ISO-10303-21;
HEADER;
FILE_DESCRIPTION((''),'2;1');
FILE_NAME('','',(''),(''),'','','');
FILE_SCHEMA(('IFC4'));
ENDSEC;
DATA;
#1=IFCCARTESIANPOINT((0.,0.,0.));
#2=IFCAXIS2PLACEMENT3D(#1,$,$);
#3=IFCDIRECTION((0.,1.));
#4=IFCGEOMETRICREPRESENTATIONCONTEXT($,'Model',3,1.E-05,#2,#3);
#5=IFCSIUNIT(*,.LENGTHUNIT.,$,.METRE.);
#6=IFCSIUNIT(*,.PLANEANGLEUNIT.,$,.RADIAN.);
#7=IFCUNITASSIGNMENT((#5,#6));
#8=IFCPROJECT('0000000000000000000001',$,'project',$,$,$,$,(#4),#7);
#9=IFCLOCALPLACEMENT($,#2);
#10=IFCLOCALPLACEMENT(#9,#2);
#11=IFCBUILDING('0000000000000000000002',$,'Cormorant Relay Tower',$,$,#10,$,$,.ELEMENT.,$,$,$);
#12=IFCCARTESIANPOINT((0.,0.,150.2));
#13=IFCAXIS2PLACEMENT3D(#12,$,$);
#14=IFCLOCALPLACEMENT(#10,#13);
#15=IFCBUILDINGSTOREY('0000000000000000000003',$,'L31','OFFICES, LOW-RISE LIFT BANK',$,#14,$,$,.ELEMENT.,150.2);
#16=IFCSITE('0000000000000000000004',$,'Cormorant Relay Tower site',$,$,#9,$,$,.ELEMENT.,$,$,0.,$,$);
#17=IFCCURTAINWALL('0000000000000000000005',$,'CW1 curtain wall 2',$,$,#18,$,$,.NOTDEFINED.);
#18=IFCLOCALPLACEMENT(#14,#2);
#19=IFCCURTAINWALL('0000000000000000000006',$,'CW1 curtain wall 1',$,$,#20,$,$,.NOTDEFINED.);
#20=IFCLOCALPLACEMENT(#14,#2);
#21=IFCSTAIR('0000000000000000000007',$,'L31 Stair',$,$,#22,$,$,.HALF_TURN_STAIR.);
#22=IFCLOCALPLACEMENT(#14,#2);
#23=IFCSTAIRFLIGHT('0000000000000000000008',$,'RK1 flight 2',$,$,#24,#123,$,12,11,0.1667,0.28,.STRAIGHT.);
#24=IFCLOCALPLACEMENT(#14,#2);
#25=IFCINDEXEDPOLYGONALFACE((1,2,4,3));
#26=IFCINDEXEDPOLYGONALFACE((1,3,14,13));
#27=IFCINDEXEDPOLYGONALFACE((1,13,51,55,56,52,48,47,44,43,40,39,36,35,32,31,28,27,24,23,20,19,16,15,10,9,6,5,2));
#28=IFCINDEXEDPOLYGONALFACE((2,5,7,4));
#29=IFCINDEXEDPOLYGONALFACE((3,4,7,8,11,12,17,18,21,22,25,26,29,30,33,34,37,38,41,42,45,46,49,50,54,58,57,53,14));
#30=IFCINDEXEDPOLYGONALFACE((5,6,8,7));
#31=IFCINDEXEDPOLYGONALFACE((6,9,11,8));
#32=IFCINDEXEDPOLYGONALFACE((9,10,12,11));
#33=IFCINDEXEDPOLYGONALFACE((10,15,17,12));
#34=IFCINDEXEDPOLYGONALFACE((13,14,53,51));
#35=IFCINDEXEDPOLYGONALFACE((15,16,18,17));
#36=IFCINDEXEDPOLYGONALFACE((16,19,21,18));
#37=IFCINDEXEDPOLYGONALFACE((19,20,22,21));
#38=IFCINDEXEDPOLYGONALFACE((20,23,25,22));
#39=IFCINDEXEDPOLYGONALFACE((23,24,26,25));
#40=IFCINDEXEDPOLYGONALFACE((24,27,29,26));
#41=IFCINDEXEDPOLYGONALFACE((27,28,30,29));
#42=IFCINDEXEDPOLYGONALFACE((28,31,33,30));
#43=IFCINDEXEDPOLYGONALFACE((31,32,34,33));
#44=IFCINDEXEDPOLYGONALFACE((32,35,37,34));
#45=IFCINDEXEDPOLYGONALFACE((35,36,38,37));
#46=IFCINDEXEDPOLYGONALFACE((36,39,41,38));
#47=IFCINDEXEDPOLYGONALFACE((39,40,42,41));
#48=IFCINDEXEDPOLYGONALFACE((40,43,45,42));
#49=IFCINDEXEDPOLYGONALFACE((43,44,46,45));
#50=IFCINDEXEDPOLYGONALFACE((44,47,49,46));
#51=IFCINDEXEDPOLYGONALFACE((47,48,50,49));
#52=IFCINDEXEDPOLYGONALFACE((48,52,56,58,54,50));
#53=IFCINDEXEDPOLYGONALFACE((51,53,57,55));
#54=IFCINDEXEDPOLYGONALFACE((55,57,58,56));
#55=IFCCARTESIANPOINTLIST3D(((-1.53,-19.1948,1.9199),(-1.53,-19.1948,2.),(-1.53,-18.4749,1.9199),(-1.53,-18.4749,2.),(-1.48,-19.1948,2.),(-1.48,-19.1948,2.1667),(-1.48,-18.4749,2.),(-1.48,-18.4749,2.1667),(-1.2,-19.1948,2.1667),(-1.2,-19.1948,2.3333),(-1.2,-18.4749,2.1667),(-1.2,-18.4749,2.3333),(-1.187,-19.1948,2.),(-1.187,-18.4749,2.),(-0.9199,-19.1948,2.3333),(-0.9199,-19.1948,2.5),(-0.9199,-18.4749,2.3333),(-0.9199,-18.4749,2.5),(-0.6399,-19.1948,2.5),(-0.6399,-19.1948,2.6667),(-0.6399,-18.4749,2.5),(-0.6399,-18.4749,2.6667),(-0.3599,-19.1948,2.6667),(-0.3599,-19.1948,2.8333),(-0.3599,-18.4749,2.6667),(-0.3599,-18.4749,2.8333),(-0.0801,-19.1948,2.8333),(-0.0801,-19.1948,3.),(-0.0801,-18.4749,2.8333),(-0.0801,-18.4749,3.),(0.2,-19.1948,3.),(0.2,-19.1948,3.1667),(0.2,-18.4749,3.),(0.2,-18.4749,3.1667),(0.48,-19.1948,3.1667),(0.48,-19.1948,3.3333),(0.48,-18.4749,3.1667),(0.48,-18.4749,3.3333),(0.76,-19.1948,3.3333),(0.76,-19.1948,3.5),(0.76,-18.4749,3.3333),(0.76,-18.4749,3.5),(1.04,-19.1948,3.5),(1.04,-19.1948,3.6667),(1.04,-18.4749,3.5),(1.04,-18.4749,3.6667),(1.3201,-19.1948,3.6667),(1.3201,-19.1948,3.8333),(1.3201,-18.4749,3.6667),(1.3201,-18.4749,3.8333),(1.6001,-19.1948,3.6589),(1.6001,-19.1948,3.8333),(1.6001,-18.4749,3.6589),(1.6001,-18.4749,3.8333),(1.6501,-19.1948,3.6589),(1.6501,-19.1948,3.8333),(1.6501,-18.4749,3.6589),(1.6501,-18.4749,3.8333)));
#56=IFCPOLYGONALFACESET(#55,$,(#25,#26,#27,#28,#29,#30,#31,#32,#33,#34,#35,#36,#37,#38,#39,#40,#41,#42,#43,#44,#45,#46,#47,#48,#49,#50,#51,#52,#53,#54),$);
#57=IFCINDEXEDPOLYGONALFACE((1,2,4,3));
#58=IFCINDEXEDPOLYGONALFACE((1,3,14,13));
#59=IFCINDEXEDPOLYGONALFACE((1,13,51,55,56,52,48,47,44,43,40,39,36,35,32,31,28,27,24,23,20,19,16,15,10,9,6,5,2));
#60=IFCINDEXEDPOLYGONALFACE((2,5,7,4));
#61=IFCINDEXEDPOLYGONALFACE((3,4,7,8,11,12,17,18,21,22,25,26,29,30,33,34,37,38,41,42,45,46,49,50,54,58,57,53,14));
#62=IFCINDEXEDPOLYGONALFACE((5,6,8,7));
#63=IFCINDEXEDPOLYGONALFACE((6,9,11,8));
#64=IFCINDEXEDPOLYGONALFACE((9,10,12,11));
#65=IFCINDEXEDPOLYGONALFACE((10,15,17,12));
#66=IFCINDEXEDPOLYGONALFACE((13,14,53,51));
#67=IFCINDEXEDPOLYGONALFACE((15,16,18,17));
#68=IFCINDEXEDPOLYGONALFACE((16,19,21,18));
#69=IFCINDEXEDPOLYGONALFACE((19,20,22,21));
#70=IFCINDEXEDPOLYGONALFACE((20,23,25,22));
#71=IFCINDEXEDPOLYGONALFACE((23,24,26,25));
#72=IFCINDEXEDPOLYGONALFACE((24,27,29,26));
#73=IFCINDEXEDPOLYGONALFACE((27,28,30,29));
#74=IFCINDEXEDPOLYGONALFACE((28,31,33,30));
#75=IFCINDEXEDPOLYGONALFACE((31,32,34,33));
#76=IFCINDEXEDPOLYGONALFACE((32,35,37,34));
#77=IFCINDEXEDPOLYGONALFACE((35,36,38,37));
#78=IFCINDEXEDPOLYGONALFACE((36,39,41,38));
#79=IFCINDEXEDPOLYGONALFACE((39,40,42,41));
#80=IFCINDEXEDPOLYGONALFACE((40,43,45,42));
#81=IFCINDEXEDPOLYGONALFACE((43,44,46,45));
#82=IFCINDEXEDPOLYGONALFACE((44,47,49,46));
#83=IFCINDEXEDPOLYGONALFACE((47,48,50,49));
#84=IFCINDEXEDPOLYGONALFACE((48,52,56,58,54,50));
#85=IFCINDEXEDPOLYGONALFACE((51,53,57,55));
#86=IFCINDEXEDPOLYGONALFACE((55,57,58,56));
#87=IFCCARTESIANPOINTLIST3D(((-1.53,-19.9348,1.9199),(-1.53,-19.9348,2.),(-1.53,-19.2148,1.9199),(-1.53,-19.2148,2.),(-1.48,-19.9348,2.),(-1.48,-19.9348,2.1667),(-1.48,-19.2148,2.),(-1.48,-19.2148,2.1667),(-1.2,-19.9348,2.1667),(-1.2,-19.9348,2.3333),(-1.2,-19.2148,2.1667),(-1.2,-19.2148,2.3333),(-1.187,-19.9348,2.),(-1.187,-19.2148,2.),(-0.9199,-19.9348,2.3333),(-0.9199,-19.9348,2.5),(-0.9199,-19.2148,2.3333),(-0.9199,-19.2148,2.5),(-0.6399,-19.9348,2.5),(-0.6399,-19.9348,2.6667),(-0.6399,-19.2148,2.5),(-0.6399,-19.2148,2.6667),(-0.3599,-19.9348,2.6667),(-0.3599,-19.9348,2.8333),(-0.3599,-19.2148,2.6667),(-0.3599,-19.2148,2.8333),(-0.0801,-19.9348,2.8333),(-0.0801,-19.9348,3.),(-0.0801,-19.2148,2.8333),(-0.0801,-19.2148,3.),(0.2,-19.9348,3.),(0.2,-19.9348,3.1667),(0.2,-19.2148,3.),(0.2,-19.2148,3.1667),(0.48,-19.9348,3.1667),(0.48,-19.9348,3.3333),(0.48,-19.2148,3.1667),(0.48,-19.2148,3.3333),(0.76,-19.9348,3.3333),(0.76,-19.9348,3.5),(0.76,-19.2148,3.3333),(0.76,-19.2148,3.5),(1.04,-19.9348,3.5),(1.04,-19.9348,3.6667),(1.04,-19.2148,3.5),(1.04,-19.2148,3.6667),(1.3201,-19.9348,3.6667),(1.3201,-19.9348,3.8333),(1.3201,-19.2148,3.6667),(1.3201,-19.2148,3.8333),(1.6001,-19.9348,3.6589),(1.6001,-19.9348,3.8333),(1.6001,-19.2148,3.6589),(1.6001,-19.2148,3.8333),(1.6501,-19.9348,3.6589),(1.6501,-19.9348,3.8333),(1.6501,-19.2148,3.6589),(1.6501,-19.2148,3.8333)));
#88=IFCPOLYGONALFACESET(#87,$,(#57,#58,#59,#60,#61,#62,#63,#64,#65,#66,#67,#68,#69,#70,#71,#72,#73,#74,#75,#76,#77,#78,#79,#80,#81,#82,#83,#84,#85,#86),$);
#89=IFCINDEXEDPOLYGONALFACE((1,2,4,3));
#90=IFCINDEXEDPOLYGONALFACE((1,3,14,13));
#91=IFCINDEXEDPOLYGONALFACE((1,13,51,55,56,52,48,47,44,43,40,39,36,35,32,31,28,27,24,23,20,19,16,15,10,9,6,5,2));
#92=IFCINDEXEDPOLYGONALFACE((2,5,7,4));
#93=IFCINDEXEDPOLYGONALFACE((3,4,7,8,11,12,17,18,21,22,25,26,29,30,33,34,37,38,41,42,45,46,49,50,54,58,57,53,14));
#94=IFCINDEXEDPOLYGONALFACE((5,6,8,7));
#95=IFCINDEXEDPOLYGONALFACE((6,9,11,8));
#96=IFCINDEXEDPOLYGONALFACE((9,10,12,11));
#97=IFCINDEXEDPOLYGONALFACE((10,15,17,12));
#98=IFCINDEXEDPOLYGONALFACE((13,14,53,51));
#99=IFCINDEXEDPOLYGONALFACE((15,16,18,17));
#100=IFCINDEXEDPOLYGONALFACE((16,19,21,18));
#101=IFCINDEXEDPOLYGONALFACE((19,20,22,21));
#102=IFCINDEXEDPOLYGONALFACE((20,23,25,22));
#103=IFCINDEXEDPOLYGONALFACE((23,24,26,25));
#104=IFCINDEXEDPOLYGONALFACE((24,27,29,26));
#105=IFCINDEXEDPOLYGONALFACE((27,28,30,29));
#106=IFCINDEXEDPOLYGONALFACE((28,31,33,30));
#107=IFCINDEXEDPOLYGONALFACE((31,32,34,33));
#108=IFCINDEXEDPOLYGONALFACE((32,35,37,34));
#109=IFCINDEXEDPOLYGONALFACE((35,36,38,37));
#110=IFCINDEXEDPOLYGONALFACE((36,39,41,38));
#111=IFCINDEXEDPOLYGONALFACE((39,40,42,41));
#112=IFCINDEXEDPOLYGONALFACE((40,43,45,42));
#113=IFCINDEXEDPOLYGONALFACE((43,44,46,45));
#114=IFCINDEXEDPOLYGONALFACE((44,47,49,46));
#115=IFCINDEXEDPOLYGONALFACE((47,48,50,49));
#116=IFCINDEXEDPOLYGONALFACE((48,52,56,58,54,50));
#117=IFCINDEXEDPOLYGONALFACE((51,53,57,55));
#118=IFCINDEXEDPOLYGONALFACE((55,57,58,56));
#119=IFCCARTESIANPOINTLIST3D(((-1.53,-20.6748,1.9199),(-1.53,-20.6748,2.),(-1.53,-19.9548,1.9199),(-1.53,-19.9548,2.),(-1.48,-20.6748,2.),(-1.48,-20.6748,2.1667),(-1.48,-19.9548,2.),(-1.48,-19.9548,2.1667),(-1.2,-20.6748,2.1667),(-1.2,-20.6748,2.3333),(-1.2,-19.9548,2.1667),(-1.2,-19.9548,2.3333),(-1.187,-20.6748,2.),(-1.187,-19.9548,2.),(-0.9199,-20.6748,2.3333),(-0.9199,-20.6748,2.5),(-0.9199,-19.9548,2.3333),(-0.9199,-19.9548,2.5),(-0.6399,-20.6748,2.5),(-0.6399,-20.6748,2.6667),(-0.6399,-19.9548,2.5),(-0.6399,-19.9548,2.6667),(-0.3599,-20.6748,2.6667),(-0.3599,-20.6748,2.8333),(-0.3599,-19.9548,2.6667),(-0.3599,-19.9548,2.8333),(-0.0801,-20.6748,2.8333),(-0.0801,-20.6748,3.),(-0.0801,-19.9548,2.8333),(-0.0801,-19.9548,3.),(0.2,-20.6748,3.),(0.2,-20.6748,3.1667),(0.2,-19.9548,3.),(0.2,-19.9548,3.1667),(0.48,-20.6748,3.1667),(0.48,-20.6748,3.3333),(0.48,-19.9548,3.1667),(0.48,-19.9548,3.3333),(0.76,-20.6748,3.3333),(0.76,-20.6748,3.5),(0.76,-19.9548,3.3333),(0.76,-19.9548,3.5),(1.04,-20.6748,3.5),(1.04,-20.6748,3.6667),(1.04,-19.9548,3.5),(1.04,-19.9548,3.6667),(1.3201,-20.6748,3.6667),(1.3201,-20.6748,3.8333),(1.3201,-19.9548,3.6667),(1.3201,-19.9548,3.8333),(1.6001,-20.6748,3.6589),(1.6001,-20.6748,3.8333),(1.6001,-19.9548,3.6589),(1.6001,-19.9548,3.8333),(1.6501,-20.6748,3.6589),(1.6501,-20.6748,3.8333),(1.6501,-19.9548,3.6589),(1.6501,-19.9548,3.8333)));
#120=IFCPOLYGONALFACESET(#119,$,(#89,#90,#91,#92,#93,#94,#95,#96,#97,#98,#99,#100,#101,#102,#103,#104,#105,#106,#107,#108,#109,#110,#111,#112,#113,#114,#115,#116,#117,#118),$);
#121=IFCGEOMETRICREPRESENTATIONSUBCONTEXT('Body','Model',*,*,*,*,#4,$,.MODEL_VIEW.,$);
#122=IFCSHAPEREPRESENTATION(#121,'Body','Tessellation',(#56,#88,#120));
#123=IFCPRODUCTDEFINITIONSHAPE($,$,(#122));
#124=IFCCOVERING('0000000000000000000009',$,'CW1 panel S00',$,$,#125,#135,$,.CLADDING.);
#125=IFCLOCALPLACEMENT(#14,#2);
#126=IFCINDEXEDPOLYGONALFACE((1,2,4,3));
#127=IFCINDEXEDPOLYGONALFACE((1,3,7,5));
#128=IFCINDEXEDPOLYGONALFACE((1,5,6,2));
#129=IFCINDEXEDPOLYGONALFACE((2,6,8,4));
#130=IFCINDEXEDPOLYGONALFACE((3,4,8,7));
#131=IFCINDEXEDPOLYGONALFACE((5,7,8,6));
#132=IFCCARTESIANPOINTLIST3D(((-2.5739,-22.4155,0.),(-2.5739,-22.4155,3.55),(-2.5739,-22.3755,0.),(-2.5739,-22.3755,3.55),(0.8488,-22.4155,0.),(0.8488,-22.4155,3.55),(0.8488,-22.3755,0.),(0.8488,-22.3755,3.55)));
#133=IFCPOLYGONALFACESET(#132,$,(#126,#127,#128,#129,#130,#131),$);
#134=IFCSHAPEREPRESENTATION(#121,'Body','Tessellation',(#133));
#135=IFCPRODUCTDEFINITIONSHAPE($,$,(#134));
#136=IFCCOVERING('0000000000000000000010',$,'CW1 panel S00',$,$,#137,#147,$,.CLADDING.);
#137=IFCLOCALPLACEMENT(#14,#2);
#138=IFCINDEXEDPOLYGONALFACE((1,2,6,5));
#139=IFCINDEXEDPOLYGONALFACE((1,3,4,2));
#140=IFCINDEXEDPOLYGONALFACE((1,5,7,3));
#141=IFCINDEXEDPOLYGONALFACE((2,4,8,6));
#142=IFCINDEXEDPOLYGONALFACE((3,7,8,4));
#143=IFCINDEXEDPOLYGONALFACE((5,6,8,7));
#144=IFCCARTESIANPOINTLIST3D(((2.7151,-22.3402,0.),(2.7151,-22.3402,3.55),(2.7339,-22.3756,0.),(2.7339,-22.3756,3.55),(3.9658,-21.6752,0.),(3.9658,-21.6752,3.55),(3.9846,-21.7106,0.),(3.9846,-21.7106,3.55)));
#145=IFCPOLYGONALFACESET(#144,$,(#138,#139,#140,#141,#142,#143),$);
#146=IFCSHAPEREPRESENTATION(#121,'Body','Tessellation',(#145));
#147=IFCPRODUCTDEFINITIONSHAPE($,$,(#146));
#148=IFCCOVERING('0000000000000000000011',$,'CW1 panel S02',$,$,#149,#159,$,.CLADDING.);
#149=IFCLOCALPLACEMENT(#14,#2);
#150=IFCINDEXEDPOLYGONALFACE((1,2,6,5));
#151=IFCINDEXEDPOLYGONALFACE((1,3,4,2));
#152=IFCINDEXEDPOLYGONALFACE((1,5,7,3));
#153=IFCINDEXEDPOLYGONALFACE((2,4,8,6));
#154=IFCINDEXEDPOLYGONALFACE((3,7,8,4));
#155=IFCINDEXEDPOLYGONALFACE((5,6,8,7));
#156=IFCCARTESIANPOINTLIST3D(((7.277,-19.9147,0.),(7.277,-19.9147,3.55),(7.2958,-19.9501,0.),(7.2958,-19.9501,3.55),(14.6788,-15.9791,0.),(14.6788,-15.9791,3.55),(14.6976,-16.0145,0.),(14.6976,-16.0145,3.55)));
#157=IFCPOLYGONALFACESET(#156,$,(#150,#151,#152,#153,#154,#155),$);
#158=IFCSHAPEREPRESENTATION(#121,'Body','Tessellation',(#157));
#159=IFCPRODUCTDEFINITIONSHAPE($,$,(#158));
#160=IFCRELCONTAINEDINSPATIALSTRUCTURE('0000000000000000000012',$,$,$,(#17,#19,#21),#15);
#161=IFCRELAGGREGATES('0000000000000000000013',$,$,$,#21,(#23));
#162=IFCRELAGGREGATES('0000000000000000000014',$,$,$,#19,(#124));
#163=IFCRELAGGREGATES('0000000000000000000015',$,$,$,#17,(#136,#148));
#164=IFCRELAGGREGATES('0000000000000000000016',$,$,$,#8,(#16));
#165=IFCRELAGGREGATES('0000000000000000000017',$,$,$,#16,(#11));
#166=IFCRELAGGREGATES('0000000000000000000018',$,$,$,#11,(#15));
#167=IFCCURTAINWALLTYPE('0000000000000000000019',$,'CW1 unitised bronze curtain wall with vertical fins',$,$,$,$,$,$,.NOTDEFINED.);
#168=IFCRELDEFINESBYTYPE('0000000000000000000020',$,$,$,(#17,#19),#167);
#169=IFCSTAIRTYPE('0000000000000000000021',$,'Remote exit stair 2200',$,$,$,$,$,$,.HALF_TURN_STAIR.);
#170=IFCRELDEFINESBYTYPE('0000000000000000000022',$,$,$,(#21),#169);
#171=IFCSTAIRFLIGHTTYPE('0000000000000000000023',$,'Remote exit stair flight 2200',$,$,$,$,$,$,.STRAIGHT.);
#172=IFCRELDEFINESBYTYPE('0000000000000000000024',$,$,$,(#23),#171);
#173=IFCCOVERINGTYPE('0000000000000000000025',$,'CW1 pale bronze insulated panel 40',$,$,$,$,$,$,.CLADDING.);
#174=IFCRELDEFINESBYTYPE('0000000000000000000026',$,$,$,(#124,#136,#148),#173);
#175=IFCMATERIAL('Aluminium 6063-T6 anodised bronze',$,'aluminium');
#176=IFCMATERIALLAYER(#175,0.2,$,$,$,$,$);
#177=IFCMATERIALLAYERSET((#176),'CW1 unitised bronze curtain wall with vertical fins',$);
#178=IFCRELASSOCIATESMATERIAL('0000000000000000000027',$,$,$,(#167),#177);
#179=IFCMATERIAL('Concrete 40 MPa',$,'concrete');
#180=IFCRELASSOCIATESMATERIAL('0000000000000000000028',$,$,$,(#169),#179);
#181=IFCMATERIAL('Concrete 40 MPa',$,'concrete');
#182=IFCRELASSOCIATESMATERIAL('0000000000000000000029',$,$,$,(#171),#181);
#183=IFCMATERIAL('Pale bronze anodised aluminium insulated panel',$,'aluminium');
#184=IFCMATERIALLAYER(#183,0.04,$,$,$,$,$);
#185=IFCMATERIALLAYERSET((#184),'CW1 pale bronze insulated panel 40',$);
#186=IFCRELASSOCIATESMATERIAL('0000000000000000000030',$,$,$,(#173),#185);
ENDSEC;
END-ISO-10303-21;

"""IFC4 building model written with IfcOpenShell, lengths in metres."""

from ifc_helpers import new_model, si_unit, direction, frame, origin, origin_2d, place, context, subcontext, project, spatial, polyline, rectangle, outline, extrude, material, layer, layer_set, type_object, element, aggregate, save


model = new_model("IFC4")

# Units and contexts
model_context = context("Model", 3, precision=1e-05, world=origin(), true_north=direction((0.0, 1.0)))
body_context = subcontext(model_context, "Body", "Model", "MODEL_VIEW")
ifc_project = project(units=[si_unit("LENGTHUNIT", "METRE"), si_unit("PLANEANGLEUNIT", "RADIAN")], contexts=[model_context])

# Site, building, storey
site_placement = place(None, origin())
site = spatial("IfcSite", under=ifc_project, at=site_placement, Name="Cormorant Relay Tower site", CompositionType="ELEMENT", RefElevation=0.0)
building_placement = place(site_placement, origin())
building = spatial("IfcBuilding", under=site, at=building_placement, Name="Cormorant Relay Tower", CompositionType="ELEMENT")
storey_placement = place(building_placement, frame((0.0, 0.0, 150.2)))
storey = spatial("IfcBuildingStorey", under=building, at=storey_placement, Name="L31", Description="OFFICES, LOW-RISE LIFT BANK", CompositionType="ELEMENT", Elevation=150.2)

# Curtain wall
ifc_material_1 = material(Name="Aluminium 6063-T6 anodised bronze", Category="aluminium")
ifc_layer_1 = layer(ifc_material_1, 0.2)
ifc_layer_set_1 = layer_set([ifc_layer_1], Name="CW1 unitised bronze curtain wall with vertical fins")
curtain_wall_type = type_object("IfcCurtainWallType", Name="CW1 unitised bronze curtain wall with vertical fins", PredefinedType="NOTDEFINED", material=ifc_layer_set_1)
curtain_wall_1_placement = place(storey_placement, origin())
curtain_wall_1 = element("IfcCurtainWall", 1, at=curtain_wall_1_placement, inside=storey, type_object=curtain_wall_type, Name="CW1 curtain wall 2", PredefinedType="NOTDEFINED")

# Curtain wall
curtain_wall_2_placement = place(storey_placement, origin())
curtain_wall_2 = element("IfcCurtainWall", 2, at=curtain_wall_2_placement, inside=storey, type_object=curtain_wall_type, Name="CW1 curtain wall 1", PredefinedType="NOTDEFINED")

# Stair, stair flight
ifc_material_2 = material(Name="Concrete 40 MPa", Category="concrete")
stair_type = type_object("IfcStairType", Name="Remote exit stair 2200", PredefinedType="HALF_TURN_STAIR", material=ifc_material_2)
stair_placement = place(storey_placement, origin())
stair = element("IfcStair", 3, at=stair_placement, inside=storey, type_object=stair_type, Name="L31 Stair", PredefinedType="HALF_TURN_STAIR")
ifc_material_3 = material(Name="Concrete 40 MPa", Category="concrete")
stair_flight_type = type_object("IfcStairFlightType", Name="Remote exit stair flight 2200", PredefinedType="STRAIGHT", material=ifc_material_3)
stair_flight_1_placement = place(storey_placement, frame((-1.48, -19.575, 2.0), z_axis=(0.0, 0.0, 1.0), x_axis=(1.0, 0.0, 0.0)))
stair_flight_1 = element("IfcStairFlight", 4, at=stair_flight_1_placement, type_object=stair_flight_type, Name="RK1 flight 2", NumberOfRisers=12, NumberOfTreads=11, PredefinedType="STRAIGHT", RiserHeight=0.1667, TreadLength=0.28, context=body_context, shape_type="SweptSolid", body=[
    extrude(outline(polyline([(-0.05, -0.0801), (-0.05, 0.0), (0.0, 0.0), (0.0, 0.1667), (0.28, 0.1667), (0.28, 0.3333), (0.5601, 0.3333), (0.5601, 0.5), (0.8401, 0.5), (0.8401, 0.6667), (1.1201, 0.6667), (1.1201, 0.8333), (1.3999, 0.8333), (1.3999, 1.0), (1.6799, 1.0), (1.6799, 1.1667), (1.96, 1.1667), (1.96, 1.3333), (2.24, 1.3333), (2.24, 1.5), (2.52, 1.5), (2.52, 1.6667), (2.8, 1.6667), (2.8, 1.8333), (3.0801, 1.8333), (3.1301, 1.8333), (3.1301, 1.6589), (3.0801, 1.6589), (0.293, 0.0), (-0.05, -0.0801)])), frame((0.0, 1.1001, 0.0), z_axis=(0.0, -1.0, 0.0), x_axis=(1.0, 0.0, 0.0)), (0.0, 0.0, 1.0), 0.72),
    extrude(outline(polyline([(-0.05, -0.0801), (-0.05, 0.0), (0.0, 0.0), (0.0, 0.1667), (0.28, 0.1667), (0.28, 0.3333), (0.5601, 0.3333), (0.5601, 0.5), (0.8401, 0.5), (0.8401, 0.6667), (1.1201, 0.6667), (1.1201, 0.8333), (1.3999, 0.8333), (1.3999, 1.0), (1.6799, 1.0), (1.6799, 1.1667), (1.96, 1.1667), (1.96, 1.3333), (2.24, 1.3333), (2.24, 1.5), (2.52, 1.5), (2.52, 1.6667), (2.8, 1.6667), (2.8, 1.8333), (3.0801, 1.8333), (3.1301, 1.8333), (3.1301, 1.6589), (3.0801, 1.6589), (0.293, 0.0), (-0.05, -0.0801)])), frame((0.0, 0.3601, 0.0), z_axis=(0.0, -1.0, 0.0), x_axis=(1.0, 0.0, 0.0)), (0.0, 0.0, 1.0), 0.72),
    extrude(outline(polyline([(-0.05, -0.0801), (-0.05, 0.0), (0.0, 0.0), (0.0, 0.1667), (0.28, 0.1667), (0.28, 0.3333), (0.5601, 0.3333), (0.5601, 0.5), (0.8401, 0.5), (0.8401, 0.6667), (1.1201, 0.6667), (1.1201, 0.8333), (1.3999, 0.8333), (1.3999, 1.0), (1.6799, 1.0), (1.6799, 1.1667), (1.96, 1.1667), (1.96, 1.3333), (2.24, 1.3333), (2.24, 1.5), (2.52, 1.5), (2.52, 1.6667), (2.8, 1.6667), (2.8, 1.8333), (3.0801, 1.8333), (3.1301, 1.8333), (3.1301, 1.6589), (3.0801, 1.6589), (0.293, 0.0), (-0.05, -0.0801)])), frame((0.0, -0.3799, 0.0), z_axis=(0.0, -1.0, 0.0), x_axis=(1.0, 0.0, 0.0)), (0.0, 0.0, 1.0), 0.72),
])
aggregate(stair, [stair_flight_1])

# Coverings
ifc_material_4 = material(Name="Pale bronze anodised aluminium insulated panel", Category="aluminium")
ifc_layer_2 = layer(ifc_material_4, 0.04)
ifc_layer_set_2 = layer_set([ifc_layer_2], Name="CW1 pale bronze insulated panel 40")
covering_type = type_object("IfcCoveringType", Name="CW1 pale bronze insulated panel 40", PredefinedType="CLADDING", material=ifc_layer_set_2)
covering_1_placement = place(storey_placement, frame((-0.8625, -22.3955, 0.0), z_axis=(0.0, 0.0, 1.0), x_axis=(1.0, 0.0, 0.0)))
covering_1 = element("IfcCovering", 5, at=covering_1_placement, type_object=covering_type, Name="CW1 panel S00", PredefinedType="CLADDING", context=body_context, shape_type="SweptSolid", body=[
    extrude(rectangle(XDim=3.4226, YDim=0.04, at=origin_2d()), origin(), (0.0, 0.0, 1.0), 3.55),
])
aggregate(curtain_wall_2, [covering_1])
covering_2_placement = place(storey_placement, frame((3.3499, -22.0254, 0.0), z_axis=(0.0, 0.0, 1.0), x_axis=(0.882948, 0.469472, 0.0)))
covering_2 = element("IfcCovering", 6, at=covering_2_placement, type_object=covering_type, Name="CW1 panel S00", PredefinedType="CLADDING", context=body_context, shape_type="SweptSolid", body=[
    extrude(rectangle(XDim=1.4165, YDim=0.04, at=origin_2d()), origin(), (0.0, 0.0, 1.0), 3.55),
])
covering_3_placement = place(storey_placement, frame((10.9873, -17.9646, 0.0), z_axis=(0.0, 0.0, 1.0), x_axis=(0.882948, 0.469472, 0.0)))
covering_3 = element("IfcCovering", 7, at=covering_3_placement, type_object=covering_type, Name="CW1 panel S02", PredefinedType="CLADDING", context=body_context, shape_type="SweptSolid", body=[
    extrude(rectangle(XDim=8.3831, YDim=0.04, at=origin_2d()), origin(), (0.0, 0.0, 1.0), 3.55),
])
aggregate(curtain_wall_1, [covering_2, covering_3])

save(model, "model.ifc")
